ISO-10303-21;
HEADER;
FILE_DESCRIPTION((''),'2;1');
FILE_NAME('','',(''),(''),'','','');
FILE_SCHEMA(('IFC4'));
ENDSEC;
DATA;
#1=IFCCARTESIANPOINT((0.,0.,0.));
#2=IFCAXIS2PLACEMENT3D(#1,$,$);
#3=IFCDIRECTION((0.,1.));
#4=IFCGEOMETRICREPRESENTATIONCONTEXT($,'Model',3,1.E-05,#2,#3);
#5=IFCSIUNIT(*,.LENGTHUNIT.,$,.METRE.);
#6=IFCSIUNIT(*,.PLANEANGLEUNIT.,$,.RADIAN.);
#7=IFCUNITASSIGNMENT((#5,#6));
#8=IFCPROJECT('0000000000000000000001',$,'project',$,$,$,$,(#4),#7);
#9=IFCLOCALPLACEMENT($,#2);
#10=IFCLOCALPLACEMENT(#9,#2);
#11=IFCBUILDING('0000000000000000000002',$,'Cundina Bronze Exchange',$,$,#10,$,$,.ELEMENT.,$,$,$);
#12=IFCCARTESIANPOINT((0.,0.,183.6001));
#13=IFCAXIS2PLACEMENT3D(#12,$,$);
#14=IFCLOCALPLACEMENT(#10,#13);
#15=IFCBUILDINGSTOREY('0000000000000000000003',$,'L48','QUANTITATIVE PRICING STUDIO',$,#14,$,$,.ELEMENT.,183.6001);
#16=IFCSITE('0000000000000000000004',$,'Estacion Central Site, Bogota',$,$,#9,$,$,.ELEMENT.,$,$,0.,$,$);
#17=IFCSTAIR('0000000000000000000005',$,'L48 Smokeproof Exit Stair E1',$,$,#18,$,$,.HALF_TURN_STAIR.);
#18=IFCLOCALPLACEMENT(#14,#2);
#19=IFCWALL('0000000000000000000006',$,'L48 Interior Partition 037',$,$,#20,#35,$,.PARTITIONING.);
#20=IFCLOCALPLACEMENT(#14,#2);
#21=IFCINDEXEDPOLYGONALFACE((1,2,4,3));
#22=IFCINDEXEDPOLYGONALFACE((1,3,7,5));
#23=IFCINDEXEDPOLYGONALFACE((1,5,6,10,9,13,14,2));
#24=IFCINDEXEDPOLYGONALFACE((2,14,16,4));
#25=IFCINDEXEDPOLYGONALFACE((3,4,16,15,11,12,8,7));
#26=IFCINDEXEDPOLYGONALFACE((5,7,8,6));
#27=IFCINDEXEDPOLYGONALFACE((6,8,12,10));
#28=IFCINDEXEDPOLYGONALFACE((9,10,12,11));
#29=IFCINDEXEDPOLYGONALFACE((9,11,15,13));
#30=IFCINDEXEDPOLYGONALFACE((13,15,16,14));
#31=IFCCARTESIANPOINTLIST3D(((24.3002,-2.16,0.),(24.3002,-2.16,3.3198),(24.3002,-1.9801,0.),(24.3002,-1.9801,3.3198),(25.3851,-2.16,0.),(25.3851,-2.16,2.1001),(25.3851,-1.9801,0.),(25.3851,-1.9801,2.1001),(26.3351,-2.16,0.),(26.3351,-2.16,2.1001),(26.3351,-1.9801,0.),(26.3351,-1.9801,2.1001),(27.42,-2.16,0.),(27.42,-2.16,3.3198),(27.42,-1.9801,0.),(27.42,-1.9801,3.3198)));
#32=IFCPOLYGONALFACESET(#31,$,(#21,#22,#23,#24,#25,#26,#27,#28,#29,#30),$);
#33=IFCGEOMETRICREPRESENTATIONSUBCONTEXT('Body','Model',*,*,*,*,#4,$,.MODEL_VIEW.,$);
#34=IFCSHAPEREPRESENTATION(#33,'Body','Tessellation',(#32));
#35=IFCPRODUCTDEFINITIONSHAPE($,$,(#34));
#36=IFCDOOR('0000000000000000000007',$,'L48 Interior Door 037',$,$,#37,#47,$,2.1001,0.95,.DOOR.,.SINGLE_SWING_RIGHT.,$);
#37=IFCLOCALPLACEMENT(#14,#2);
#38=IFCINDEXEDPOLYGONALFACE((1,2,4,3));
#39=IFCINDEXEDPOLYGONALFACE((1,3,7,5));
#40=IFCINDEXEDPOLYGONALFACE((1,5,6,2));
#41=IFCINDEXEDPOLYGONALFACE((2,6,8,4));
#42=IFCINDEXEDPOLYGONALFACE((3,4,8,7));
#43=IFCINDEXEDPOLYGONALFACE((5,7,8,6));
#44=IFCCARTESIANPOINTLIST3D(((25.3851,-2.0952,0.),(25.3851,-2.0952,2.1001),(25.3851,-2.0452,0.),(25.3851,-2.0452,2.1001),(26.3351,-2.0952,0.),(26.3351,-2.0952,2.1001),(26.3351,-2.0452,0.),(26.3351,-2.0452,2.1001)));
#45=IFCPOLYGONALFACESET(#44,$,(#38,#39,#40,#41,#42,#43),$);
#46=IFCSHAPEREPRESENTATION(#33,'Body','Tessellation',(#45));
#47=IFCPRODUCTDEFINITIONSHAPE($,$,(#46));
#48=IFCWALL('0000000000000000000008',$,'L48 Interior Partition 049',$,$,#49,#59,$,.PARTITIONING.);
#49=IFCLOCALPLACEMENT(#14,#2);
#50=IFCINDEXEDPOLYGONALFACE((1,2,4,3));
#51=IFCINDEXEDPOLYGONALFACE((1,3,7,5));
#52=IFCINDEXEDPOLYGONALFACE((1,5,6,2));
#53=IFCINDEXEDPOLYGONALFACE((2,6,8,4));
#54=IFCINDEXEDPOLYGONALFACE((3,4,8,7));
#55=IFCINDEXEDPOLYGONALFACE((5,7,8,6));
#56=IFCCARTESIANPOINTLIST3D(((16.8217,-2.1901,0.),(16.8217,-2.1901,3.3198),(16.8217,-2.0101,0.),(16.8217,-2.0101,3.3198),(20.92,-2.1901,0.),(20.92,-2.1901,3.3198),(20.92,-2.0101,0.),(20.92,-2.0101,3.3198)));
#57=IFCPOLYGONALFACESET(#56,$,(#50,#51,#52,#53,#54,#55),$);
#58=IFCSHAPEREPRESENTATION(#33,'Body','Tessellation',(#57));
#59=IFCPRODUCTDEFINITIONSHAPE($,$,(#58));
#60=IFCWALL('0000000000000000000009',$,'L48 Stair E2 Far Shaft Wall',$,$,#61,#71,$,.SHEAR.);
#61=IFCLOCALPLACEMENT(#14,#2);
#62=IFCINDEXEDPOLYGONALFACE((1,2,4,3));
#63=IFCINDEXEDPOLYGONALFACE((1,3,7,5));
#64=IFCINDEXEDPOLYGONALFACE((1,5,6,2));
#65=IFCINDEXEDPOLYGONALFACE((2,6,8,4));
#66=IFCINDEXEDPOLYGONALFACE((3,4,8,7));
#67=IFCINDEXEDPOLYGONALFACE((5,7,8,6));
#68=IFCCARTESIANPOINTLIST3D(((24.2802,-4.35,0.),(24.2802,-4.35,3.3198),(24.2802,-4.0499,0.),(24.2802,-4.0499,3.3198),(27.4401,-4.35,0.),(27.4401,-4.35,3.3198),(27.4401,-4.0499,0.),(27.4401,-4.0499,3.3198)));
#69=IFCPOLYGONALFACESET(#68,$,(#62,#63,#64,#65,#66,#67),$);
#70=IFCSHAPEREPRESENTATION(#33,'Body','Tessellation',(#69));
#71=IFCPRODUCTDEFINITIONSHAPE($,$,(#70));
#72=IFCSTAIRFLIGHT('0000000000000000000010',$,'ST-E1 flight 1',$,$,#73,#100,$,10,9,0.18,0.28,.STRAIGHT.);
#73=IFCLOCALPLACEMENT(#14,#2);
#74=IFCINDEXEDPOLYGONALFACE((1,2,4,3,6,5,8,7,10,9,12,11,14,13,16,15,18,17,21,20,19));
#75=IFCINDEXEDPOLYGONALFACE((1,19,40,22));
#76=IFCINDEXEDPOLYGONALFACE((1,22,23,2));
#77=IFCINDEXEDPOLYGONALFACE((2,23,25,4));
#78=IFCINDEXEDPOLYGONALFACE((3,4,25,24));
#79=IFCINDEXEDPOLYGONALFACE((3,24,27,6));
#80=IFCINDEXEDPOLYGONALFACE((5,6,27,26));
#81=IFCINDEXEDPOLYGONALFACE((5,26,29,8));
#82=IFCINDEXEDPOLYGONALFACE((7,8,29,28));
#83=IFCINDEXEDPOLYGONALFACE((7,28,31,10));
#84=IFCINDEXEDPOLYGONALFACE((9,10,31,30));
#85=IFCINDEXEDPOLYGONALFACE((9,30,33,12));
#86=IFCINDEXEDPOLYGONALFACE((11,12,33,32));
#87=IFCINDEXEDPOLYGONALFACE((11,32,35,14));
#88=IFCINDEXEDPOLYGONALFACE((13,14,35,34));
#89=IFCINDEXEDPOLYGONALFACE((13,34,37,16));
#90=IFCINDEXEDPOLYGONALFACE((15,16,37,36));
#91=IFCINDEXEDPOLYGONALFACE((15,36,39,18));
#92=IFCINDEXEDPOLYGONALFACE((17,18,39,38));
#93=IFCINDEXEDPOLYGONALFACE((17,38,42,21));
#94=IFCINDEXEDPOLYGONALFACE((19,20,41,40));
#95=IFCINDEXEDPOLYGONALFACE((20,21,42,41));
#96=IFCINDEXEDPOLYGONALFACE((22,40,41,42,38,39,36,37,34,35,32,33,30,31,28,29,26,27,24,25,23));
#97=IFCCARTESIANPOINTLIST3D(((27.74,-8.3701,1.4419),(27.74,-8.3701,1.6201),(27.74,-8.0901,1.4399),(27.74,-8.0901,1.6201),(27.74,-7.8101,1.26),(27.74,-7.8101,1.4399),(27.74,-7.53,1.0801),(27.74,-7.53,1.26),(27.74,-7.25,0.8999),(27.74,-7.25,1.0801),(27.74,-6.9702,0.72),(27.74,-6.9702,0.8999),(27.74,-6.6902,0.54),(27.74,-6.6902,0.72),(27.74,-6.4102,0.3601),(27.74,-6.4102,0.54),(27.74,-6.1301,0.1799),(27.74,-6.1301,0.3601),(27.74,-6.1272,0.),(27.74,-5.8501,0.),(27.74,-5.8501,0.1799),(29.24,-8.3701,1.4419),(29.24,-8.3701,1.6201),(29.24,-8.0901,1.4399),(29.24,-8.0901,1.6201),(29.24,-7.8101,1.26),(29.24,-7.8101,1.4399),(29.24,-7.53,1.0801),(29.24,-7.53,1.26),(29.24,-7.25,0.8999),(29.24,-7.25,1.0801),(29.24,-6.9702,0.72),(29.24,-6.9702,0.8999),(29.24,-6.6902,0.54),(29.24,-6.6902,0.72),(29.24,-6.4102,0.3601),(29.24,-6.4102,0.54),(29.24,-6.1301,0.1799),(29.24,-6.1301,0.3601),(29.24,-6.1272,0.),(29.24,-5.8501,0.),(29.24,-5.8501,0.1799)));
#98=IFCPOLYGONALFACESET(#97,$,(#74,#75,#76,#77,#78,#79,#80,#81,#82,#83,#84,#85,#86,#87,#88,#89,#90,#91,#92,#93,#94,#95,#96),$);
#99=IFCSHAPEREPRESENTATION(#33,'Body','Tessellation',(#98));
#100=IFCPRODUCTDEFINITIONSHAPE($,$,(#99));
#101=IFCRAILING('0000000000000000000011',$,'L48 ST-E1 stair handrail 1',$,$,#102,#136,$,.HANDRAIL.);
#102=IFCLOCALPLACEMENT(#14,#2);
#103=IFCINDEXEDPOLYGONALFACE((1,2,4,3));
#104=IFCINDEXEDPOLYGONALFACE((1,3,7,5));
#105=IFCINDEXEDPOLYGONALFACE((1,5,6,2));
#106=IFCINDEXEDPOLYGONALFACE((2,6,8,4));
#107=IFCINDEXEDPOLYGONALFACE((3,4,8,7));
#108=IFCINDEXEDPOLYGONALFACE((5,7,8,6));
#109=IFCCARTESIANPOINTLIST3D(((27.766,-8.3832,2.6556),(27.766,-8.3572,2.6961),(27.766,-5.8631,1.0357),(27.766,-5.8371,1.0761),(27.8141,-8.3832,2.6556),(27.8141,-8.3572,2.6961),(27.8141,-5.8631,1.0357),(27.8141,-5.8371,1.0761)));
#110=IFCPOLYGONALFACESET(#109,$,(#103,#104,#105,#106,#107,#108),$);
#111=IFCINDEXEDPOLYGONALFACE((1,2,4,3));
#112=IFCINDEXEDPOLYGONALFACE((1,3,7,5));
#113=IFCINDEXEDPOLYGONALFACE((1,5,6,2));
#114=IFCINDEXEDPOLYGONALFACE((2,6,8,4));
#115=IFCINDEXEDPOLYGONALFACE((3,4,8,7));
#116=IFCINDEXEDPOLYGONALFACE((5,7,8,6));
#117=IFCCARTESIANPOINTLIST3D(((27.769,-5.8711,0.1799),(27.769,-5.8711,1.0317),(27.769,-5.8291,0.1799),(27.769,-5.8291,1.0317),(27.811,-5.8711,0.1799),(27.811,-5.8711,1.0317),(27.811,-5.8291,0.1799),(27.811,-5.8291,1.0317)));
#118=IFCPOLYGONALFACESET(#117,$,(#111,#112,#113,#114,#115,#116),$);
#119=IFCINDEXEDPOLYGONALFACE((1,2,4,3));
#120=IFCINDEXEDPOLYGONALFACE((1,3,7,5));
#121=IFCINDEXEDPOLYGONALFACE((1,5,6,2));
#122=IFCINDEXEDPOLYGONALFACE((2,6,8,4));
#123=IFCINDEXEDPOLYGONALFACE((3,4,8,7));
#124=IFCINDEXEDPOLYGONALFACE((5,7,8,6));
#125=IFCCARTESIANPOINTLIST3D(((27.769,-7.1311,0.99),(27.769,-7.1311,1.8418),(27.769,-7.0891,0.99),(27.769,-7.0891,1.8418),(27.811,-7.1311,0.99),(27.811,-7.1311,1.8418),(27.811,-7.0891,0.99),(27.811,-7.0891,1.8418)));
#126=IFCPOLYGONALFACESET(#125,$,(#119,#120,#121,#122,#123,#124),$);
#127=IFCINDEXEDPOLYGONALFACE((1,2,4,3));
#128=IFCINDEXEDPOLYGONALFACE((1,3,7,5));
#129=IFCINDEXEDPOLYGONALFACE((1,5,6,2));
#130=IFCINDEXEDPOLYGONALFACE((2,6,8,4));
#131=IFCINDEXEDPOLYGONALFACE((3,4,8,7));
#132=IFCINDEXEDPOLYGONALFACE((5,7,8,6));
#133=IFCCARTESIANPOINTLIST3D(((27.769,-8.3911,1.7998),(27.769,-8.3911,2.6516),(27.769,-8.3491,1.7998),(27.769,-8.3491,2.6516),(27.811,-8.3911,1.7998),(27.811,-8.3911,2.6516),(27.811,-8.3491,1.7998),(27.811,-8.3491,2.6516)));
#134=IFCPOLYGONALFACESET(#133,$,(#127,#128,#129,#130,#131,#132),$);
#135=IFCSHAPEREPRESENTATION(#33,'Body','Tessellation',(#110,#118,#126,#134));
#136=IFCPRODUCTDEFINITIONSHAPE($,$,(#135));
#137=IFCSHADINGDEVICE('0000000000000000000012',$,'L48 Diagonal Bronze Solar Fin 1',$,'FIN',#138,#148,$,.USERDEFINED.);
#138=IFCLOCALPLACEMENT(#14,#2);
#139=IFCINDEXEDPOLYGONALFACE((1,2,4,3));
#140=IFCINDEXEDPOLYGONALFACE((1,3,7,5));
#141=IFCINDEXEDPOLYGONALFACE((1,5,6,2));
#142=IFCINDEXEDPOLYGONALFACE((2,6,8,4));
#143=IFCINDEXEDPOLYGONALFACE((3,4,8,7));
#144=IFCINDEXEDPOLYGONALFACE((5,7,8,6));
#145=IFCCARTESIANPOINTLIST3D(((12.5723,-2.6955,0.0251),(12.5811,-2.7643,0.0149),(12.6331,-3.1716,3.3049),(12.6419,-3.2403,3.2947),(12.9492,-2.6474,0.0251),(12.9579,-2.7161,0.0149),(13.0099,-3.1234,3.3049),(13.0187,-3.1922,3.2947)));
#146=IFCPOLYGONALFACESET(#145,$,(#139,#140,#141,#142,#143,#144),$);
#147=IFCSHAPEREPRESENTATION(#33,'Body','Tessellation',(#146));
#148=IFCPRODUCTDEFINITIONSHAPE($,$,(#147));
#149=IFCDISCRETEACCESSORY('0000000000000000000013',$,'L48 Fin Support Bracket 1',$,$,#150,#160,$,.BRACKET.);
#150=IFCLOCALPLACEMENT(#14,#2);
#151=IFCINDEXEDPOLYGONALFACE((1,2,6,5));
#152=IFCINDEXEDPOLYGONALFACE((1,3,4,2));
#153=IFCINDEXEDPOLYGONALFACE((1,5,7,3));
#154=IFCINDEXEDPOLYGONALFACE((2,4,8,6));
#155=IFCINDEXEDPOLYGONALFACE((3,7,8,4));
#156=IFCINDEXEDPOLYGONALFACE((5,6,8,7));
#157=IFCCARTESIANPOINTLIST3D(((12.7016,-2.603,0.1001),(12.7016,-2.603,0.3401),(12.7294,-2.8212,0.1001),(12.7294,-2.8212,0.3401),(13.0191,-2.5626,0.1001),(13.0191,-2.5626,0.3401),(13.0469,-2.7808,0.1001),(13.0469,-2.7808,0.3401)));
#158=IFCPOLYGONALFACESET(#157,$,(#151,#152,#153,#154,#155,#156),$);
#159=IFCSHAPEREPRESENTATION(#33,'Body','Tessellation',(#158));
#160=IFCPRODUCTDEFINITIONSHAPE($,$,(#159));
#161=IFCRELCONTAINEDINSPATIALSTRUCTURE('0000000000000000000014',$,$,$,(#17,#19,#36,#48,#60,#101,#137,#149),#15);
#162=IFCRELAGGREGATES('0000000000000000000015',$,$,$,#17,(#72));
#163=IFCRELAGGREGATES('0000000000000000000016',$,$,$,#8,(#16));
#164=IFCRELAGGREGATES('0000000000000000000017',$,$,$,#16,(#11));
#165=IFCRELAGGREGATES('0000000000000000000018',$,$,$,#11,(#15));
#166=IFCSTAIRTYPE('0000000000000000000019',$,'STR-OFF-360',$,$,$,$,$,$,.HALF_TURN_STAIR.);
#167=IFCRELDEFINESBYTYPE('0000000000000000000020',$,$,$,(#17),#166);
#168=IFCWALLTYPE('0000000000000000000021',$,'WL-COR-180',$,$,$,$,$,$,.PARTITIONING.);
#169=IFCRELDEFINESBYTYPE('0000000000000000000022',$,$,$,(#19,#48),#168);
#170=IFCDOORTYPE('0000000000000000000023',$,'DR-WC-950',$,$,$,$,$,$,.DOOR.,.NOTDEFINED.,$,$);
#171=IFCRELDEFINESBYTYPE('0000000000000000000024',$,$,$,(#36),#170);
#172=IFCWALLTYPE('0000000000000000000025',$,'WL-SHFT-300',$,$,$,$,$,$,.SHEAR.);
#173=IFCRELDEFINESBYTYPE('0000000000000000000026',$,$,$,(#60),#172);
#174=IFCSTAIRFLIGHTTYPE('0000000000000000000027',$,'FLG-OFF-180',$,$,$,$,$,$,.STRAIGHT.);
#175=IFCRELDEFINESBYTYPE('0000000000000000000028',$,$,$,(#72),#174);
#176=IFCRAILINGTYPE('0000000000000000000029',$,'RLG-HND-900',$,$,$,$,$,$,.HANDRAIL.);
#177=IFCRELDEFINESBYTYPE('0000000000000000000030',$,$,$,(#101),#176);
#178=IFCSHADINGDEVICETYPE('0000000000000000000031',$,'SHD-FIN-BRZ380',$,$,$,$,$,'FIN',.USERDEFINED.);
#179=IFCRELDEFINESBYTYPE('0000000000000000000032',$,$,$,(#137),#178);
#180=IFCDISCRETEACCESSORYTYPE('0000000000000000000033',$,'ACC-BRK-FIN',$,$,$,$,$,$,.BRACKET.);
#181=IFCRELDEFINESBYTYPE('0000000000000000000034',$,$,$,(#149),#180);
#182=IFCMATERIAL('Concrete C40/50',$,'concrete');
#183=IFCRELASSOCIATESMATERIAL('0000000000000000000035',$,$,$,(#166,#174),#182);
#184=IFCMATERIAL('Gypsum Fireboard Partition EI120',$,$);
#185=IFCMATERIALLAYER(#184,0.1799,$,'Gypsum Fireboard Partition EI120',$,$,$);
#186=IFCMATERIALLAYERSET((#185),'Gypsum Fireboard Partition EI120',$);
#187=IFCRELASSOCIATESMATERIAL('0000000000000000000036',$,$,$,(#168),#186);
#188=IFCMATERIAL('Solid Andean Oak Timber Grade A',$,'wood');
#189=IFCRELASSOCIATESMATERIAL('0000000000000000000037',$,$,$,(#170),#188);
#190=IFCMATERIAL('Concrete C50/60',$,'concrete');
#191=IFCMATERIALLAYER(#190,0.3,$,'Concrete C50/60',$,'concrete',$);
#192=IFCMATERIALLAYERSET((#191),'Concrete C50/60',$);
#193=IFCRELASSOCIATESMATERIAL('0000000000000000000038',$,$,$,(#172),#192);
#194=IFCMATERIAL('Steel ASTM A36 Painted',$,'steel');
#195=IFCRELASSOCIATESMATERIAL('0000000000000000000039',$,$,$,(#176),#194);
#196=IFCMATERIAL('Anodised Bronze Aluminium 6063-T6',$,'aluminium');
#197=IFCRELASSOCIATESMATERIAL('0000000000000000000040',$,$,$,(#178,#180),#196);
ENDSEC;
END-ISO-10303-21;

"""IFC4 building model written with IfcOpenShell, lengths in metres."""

from ifc_helpers import new_model, si_unit, direction, frame, frame_2d, origin, origin_2d, place, context, subcontext, project, spatial, polyline, rectangle, outline, extrude, material, layer, layer_set, material_profile, profile_set, type_object, element, fill, aggregate, save


model = new_model("IFC4")

# Units and contexts
model_context = context("Model", 3, precision=1e-05, world=origin(), true_north=direction((0.0, 1.0)))
body_context = subcontext(model_context, "Body", "Model", "MODEL_VIEW")
ifc_project = project(units=[si_unit("LENGTHUNIT", "METRE"), si_unit("PLANEANGLEUNIT", "RADIAN")], contexts=[model_context])

# Site, building, storey
site_placement = place(None, origin())
site = spatial("IfcSite", under=ifc_project, at=site_placement, Name="Estacion Central Site, Bogota", CompositionType="ELEMENT", RefElevation=0.0)
building_placement = place(site_placement, origin())
building = spatial("IfcBuilding", under=site, at=building_placement, Name="Cundina Bronze Exchange", CompositionType="ELEMENT")
storey_placement = place(building_placement, frame((0.0, 0.0, 183.6001)))
storey = spatial("IfcBuildingStorey", under=building, at=storey_placement, Name="L48", Description="QUANTITATIVE PRICING STUDIO", CompositionType="ELEMENT", Elevation=183.6001)

# Shared definitions
ifc_material_1 = material(Name="Concrete C50/60", Category="concrete")

# Shared definitions
ifc_material_2 = material(Name="Anodised Bronze Aluminium 6063-T6", Category="aluminium")

# Stair
ifc_material_3 = material(Name="Concrete C40/50", Category="concrete")
stair_type = type_object("IfcStairType", Name="STR-OFF-360", PredefinedType="HALF_TURN_STAIR", material=ifc_material_3)
stair_1_placement = place(storey_placement, origin())
stair_1 = element("IfcStair", 1, at=stair_1_placement, inside=storey, type_object=stair_type, Name="L48 Smokeproof Exit Stair E1", PredefinedType="HALF_TURN_STAIR")

# Wall, opening, door
ifc_material_4 = material(Name="Gypsum Fireboard Partition EI120")
ifc_layer_1 = layer(ifc_material_4, 0.1799, Name="Gypsum Fireboard Partition EI120")
ifc_layer_set_1 = layer_set([ifc_layer_1], Name="Gypsum Fireboard Partition EI120")
wall_type_1 = type_object("IfcWallType", Name="WL-COR-180", PredefinedType="PARTITIONING", material=ifc_layer_set_1)
ifc_material_5 = material(Name="Steel ASTM A36 Painted", Category="steel")
wall_1_placement = place(storey_placement, frame((24.3, -2.0701, 0.0), z_axis=(0.0, 0.0, 1.0), x_axis=(1.0, 0.0, 0.0)))
wall_1 = element("IfcWall", 2, at=wall_1_placement, inside=storey, type_object=wall_type_1, Name="L48 Interior Partition 037", PredefinedType="PARTITIONING", context=body_context, shape_type="SweptSolid", body=[
    extrude(rectangle(XDim=3.1199, YDim=0.1799, at=frame_2d((1.5601, 0.0))), origin(), (0.0, 0.0, 1.0), 3.3198),
])
opening_1_placement = place(wall_1_placement, frame((1.085, 0.0, 0.0)))
opening_1 = element("IfcOpeningElement", 3, at=opening_1_placement, cuts=wall_1, PredefinedType="OPENING", context=body_context, shape_type="SweptSolid", body=[
    extrude(rectangle(XDim=0.95, YDim=2.1001, at=frame_2d((0.4751, 1.05))), frame((0.0, 0.0999, 0.0), z_axis=(0.0, -1.0, 0.0), x_axis=(1.0, 0.0, 0.0)), (0.0, 0.0, 1.0), 0.2),
])
ifc_material_6 = material(Name="Solid Andean Oak Timber Grade A", Category="wood")
door_type_1 = type_object("IfcDoorType", Name="DR-WC-950", OperationType="NOTDEFINED", PredefinedType="DOOR", material=ifc_material_6)
door_1_placement = place(opening_1_placement, origin())
door_1 = element("IfcDoor", 4, at=door_1_placement, inside=storey, type_object=door_type_1, Name="L48 Interior Door 037", OperationType="SINGLE_SWING_RIGHT", OverallHeight=2.1001, OverallWidth=0.95, PredefinedType="DOOR", context=body_context, shape_type="SweptSolid", body=[
    extrude(rectangle(XDim=0.95, YDim=2.1001, at=frame_2d((0.4751, 1.05))), frame((0.0, 0.0249, 0.0), z_axis=(0.0, -1.0, 0.0), x_axis=(1.0, 0.0, 0.0)), (0.0, 0.0, 1.0), 0.05),
])
fill(opening_1, door_1)

# Wall
wall_2_placement = place(storey_placement, frame((16.8215, -2.1001, 0.0), z_axis=(0.0, 0.0, 1.0), x_axis=(1.0, 0.0, 0.0)))
element("IfcWall", 5, at=wall_2_placement, inside=storey, type_object=wall_type_1, Name="L48 Interior Partition 049", PredefinedType="PARTITIONING", context=body_context, shape_type="SweptSolid", body=[
    extrude(rectangle(XDim=4.0984, YDim=0.1799, at=frame_2d((2.0493, 0.0))), origin(), (0.0, 0.0, 1.0), 3.3198),
])

# Shared definitions
ifc_layer_2 = layer(ifc_material_1, 0.3, Name="Concrete C50/60", Category="concrete")
ifc_layer_set_2 = layer_set([ifc_layer_2], Name="Concrete C50/60")
wall_type_2 = type_object("IfcWallType", Name="WL-SHFT-300", PredefinedType="SHEAR", material=ifc_layer_set_2)

# Wall
wall_3_placement = place(storey_placement, frame((24.28, -4.2, 0.0), z_axis=(0.0, 0.0, 1.0), x_axis=(1.0, 0.0, 0.0)))
element("IfcWall", 6, at=wall_3_placement, inside=storey, type_object=wall_type_2, Name="L48 Stair E2 Far Shaft Wall", PredefinedType="SHEAR", context=body_context, shape_type="SweptSolid", body=[
    extrude(rectangle(XDim=3.1599, YDim=0.3, at=frame_2d((1.5801, 0.0))), origin(), (0.0, 0.0, 1.0), 3.3198),
])

# Stair flight
stair_flight_type = type_object("IfcStairFlightType", Name="FLG-OFF-180", PredefinedType="STRAIGHT", material=ifc_material_3)
stair_flight_placement = place(storey_placement, frame((28.49, -5.8501, 0.0), z_axis=(0.0, 0.0, 1.0), x_axis=(0.0, -1.0, 0.0)))
stair_flight = element("IfcStairFlight", 7, at=stair_flight_placement, type_object=stair_flight_type, Name="ST-E1 flight 1", NumberOfRisers=10, NumberOfTreads=9, PredefinedType="STRAIGHT", RiserHeight=0.18, TreadLength=0.28, context=body_context, shape_type="SweptSolid", body=[
    extrude(outline(polyline([(0.0, 0.0), (0.0, 0.1799), (0.28, 0.1799), (0.28, 0.3601), (0.5601, 0.3601), (0.5601, 0.54), (0.8401, 0.54), (0.8401, 0.72), (1.1201, 0.72), (1.1201, 0.8999), (1.3999, 0.8999), (1.3999, 1.0801), (1.6799, 1.0801), (1.6799, 1.26), (1.96, 1.26), (1.96, 1.4399), (2.24, 1.4399), (2.24, 1.6201), (2.52, 1.6201), (2.52, 1.8), (2.52, 1.4419), (0.2771, 0.0), (0.0, 0.0)])), frame((0.0, 0.75, 0.0), z_axis=(0.0, -1.0, 0.0), x_axis=(1.0, 0.0, 0.0)), (0.0, 0.0, 1.0), 1.5),
])
aggregate(stair_1, [stair_flight])

# Railing
railing_type = type_object("IfcRailingType", Name="RLG-HND-900", PredefinedType="HANDRAIL", material=ifc_material_5)
railing_placement = place(storey_placement, frame((27.79, -5.8501, 0.1799)))
element("IfcRailing", 8, at=railing_placement, inside=storey, type_object=railing_type, Name="L48 ST-E1 stair handrail 1", PredefinedType="HANDRAIL", context=body_context, shape_type="SweptSolid", body=[
    extrude(rectangle(XDim=0.0481, YDim=0.0481, at=origin_2d()), frame((0.0, 0.0, 0.876), z_axis=(0.0, -0.8412, 0.540725), x_axis=(1.0, 0.0, 0.0)), (0.0, 0.0, 1.0), 2.9958),
    extrude(rectangle(XDim=0.042, YDim=0.042, at=origin_2d()), origin(), (0.0, 0.0, 1.0), 0.8518),
    extrude(rectangle(XDim=0.042, YDim=0.042, at=origin_2d()), frame((0.0, -1.26, 0.8101)), (0.0, 0.0, 1.0), 0.8518),
    extrude(rectangle(XDim=0.042, YDim=0.042, at=origin_2d()), frame((0.0, -2.52, 1.6199)), (0.0, 0.0, 1.0), 0.8518),
])

# Shading device
ifc_material_profile_1 = material_profile(ifc_material_2, rectangle(XDim=0.0701, YDim=0.3799, at=origin_2d()), Name="FIN70X380", Category="aluminium")
ifc_profile_set_1 = profile_set([ifc_material_profile_1], Name="Anodised Bronze Aluminium 6063-T6")
shading_device_type = type_object("IfcShadingDeviceType", Name="SHD-FIN-BRZ380", ElementType="FIN", PredefinedType="USERDEFINED", material=ifc_profile_set_1)
shading_device_placement = place(storey_placement, frame((12.7651, -2.7058, 0.02), z_axis=(0.01834, -0.143624, 0.989462), x_axis=(-0.125329, 0.981493, 0.144791)))
element("IfcShadingDevice", 9, at=shading_device_placement, inside=storey, type_object=shading_device_type, Name="L48 Diagonal Bronze Solar Fin 1", ObjectType="FIN", PredefinedType="USERDEFINED", context=body_context, shape_type="SweptSolid", body=[
    extrude(rectangle(XDim=0.0701, YDim=0.3799, at=origin_2d()), origin(), (0.0, 0.0, 1.0), 3.3147),
])

# Discrete accessory
discrete_accessory_type = type_object("IfcDiscreteAccessoryType", Name="ACC-BRK-FIN", PredefinedType="BRACKET", material=ifc_material_2)
discrete_accessory_placement = place(storey_placement, frame((12.8743, -2.6919, 0.1001), z_axis=(0.0, 0.0, 1.0), x_axis=(0.126476, -0.99197, 0.0)))
element("IfcDiscreteAccessory", 10, at=discrete_accessory_placement, inside=storey, type_object=discrete_accessory_type, Name="L48 Fin Support Bracket 1", PredefinedType="BRACKET", context=body_context, shape_type="SweptSolid", body=[
    extrude(rectangle(XDim=0.22, YDim=0.3201, at=origin_2d()), origin(), (0.0, 0.0, 1.0), 0.24),
])

save(model, "model.ifc")
